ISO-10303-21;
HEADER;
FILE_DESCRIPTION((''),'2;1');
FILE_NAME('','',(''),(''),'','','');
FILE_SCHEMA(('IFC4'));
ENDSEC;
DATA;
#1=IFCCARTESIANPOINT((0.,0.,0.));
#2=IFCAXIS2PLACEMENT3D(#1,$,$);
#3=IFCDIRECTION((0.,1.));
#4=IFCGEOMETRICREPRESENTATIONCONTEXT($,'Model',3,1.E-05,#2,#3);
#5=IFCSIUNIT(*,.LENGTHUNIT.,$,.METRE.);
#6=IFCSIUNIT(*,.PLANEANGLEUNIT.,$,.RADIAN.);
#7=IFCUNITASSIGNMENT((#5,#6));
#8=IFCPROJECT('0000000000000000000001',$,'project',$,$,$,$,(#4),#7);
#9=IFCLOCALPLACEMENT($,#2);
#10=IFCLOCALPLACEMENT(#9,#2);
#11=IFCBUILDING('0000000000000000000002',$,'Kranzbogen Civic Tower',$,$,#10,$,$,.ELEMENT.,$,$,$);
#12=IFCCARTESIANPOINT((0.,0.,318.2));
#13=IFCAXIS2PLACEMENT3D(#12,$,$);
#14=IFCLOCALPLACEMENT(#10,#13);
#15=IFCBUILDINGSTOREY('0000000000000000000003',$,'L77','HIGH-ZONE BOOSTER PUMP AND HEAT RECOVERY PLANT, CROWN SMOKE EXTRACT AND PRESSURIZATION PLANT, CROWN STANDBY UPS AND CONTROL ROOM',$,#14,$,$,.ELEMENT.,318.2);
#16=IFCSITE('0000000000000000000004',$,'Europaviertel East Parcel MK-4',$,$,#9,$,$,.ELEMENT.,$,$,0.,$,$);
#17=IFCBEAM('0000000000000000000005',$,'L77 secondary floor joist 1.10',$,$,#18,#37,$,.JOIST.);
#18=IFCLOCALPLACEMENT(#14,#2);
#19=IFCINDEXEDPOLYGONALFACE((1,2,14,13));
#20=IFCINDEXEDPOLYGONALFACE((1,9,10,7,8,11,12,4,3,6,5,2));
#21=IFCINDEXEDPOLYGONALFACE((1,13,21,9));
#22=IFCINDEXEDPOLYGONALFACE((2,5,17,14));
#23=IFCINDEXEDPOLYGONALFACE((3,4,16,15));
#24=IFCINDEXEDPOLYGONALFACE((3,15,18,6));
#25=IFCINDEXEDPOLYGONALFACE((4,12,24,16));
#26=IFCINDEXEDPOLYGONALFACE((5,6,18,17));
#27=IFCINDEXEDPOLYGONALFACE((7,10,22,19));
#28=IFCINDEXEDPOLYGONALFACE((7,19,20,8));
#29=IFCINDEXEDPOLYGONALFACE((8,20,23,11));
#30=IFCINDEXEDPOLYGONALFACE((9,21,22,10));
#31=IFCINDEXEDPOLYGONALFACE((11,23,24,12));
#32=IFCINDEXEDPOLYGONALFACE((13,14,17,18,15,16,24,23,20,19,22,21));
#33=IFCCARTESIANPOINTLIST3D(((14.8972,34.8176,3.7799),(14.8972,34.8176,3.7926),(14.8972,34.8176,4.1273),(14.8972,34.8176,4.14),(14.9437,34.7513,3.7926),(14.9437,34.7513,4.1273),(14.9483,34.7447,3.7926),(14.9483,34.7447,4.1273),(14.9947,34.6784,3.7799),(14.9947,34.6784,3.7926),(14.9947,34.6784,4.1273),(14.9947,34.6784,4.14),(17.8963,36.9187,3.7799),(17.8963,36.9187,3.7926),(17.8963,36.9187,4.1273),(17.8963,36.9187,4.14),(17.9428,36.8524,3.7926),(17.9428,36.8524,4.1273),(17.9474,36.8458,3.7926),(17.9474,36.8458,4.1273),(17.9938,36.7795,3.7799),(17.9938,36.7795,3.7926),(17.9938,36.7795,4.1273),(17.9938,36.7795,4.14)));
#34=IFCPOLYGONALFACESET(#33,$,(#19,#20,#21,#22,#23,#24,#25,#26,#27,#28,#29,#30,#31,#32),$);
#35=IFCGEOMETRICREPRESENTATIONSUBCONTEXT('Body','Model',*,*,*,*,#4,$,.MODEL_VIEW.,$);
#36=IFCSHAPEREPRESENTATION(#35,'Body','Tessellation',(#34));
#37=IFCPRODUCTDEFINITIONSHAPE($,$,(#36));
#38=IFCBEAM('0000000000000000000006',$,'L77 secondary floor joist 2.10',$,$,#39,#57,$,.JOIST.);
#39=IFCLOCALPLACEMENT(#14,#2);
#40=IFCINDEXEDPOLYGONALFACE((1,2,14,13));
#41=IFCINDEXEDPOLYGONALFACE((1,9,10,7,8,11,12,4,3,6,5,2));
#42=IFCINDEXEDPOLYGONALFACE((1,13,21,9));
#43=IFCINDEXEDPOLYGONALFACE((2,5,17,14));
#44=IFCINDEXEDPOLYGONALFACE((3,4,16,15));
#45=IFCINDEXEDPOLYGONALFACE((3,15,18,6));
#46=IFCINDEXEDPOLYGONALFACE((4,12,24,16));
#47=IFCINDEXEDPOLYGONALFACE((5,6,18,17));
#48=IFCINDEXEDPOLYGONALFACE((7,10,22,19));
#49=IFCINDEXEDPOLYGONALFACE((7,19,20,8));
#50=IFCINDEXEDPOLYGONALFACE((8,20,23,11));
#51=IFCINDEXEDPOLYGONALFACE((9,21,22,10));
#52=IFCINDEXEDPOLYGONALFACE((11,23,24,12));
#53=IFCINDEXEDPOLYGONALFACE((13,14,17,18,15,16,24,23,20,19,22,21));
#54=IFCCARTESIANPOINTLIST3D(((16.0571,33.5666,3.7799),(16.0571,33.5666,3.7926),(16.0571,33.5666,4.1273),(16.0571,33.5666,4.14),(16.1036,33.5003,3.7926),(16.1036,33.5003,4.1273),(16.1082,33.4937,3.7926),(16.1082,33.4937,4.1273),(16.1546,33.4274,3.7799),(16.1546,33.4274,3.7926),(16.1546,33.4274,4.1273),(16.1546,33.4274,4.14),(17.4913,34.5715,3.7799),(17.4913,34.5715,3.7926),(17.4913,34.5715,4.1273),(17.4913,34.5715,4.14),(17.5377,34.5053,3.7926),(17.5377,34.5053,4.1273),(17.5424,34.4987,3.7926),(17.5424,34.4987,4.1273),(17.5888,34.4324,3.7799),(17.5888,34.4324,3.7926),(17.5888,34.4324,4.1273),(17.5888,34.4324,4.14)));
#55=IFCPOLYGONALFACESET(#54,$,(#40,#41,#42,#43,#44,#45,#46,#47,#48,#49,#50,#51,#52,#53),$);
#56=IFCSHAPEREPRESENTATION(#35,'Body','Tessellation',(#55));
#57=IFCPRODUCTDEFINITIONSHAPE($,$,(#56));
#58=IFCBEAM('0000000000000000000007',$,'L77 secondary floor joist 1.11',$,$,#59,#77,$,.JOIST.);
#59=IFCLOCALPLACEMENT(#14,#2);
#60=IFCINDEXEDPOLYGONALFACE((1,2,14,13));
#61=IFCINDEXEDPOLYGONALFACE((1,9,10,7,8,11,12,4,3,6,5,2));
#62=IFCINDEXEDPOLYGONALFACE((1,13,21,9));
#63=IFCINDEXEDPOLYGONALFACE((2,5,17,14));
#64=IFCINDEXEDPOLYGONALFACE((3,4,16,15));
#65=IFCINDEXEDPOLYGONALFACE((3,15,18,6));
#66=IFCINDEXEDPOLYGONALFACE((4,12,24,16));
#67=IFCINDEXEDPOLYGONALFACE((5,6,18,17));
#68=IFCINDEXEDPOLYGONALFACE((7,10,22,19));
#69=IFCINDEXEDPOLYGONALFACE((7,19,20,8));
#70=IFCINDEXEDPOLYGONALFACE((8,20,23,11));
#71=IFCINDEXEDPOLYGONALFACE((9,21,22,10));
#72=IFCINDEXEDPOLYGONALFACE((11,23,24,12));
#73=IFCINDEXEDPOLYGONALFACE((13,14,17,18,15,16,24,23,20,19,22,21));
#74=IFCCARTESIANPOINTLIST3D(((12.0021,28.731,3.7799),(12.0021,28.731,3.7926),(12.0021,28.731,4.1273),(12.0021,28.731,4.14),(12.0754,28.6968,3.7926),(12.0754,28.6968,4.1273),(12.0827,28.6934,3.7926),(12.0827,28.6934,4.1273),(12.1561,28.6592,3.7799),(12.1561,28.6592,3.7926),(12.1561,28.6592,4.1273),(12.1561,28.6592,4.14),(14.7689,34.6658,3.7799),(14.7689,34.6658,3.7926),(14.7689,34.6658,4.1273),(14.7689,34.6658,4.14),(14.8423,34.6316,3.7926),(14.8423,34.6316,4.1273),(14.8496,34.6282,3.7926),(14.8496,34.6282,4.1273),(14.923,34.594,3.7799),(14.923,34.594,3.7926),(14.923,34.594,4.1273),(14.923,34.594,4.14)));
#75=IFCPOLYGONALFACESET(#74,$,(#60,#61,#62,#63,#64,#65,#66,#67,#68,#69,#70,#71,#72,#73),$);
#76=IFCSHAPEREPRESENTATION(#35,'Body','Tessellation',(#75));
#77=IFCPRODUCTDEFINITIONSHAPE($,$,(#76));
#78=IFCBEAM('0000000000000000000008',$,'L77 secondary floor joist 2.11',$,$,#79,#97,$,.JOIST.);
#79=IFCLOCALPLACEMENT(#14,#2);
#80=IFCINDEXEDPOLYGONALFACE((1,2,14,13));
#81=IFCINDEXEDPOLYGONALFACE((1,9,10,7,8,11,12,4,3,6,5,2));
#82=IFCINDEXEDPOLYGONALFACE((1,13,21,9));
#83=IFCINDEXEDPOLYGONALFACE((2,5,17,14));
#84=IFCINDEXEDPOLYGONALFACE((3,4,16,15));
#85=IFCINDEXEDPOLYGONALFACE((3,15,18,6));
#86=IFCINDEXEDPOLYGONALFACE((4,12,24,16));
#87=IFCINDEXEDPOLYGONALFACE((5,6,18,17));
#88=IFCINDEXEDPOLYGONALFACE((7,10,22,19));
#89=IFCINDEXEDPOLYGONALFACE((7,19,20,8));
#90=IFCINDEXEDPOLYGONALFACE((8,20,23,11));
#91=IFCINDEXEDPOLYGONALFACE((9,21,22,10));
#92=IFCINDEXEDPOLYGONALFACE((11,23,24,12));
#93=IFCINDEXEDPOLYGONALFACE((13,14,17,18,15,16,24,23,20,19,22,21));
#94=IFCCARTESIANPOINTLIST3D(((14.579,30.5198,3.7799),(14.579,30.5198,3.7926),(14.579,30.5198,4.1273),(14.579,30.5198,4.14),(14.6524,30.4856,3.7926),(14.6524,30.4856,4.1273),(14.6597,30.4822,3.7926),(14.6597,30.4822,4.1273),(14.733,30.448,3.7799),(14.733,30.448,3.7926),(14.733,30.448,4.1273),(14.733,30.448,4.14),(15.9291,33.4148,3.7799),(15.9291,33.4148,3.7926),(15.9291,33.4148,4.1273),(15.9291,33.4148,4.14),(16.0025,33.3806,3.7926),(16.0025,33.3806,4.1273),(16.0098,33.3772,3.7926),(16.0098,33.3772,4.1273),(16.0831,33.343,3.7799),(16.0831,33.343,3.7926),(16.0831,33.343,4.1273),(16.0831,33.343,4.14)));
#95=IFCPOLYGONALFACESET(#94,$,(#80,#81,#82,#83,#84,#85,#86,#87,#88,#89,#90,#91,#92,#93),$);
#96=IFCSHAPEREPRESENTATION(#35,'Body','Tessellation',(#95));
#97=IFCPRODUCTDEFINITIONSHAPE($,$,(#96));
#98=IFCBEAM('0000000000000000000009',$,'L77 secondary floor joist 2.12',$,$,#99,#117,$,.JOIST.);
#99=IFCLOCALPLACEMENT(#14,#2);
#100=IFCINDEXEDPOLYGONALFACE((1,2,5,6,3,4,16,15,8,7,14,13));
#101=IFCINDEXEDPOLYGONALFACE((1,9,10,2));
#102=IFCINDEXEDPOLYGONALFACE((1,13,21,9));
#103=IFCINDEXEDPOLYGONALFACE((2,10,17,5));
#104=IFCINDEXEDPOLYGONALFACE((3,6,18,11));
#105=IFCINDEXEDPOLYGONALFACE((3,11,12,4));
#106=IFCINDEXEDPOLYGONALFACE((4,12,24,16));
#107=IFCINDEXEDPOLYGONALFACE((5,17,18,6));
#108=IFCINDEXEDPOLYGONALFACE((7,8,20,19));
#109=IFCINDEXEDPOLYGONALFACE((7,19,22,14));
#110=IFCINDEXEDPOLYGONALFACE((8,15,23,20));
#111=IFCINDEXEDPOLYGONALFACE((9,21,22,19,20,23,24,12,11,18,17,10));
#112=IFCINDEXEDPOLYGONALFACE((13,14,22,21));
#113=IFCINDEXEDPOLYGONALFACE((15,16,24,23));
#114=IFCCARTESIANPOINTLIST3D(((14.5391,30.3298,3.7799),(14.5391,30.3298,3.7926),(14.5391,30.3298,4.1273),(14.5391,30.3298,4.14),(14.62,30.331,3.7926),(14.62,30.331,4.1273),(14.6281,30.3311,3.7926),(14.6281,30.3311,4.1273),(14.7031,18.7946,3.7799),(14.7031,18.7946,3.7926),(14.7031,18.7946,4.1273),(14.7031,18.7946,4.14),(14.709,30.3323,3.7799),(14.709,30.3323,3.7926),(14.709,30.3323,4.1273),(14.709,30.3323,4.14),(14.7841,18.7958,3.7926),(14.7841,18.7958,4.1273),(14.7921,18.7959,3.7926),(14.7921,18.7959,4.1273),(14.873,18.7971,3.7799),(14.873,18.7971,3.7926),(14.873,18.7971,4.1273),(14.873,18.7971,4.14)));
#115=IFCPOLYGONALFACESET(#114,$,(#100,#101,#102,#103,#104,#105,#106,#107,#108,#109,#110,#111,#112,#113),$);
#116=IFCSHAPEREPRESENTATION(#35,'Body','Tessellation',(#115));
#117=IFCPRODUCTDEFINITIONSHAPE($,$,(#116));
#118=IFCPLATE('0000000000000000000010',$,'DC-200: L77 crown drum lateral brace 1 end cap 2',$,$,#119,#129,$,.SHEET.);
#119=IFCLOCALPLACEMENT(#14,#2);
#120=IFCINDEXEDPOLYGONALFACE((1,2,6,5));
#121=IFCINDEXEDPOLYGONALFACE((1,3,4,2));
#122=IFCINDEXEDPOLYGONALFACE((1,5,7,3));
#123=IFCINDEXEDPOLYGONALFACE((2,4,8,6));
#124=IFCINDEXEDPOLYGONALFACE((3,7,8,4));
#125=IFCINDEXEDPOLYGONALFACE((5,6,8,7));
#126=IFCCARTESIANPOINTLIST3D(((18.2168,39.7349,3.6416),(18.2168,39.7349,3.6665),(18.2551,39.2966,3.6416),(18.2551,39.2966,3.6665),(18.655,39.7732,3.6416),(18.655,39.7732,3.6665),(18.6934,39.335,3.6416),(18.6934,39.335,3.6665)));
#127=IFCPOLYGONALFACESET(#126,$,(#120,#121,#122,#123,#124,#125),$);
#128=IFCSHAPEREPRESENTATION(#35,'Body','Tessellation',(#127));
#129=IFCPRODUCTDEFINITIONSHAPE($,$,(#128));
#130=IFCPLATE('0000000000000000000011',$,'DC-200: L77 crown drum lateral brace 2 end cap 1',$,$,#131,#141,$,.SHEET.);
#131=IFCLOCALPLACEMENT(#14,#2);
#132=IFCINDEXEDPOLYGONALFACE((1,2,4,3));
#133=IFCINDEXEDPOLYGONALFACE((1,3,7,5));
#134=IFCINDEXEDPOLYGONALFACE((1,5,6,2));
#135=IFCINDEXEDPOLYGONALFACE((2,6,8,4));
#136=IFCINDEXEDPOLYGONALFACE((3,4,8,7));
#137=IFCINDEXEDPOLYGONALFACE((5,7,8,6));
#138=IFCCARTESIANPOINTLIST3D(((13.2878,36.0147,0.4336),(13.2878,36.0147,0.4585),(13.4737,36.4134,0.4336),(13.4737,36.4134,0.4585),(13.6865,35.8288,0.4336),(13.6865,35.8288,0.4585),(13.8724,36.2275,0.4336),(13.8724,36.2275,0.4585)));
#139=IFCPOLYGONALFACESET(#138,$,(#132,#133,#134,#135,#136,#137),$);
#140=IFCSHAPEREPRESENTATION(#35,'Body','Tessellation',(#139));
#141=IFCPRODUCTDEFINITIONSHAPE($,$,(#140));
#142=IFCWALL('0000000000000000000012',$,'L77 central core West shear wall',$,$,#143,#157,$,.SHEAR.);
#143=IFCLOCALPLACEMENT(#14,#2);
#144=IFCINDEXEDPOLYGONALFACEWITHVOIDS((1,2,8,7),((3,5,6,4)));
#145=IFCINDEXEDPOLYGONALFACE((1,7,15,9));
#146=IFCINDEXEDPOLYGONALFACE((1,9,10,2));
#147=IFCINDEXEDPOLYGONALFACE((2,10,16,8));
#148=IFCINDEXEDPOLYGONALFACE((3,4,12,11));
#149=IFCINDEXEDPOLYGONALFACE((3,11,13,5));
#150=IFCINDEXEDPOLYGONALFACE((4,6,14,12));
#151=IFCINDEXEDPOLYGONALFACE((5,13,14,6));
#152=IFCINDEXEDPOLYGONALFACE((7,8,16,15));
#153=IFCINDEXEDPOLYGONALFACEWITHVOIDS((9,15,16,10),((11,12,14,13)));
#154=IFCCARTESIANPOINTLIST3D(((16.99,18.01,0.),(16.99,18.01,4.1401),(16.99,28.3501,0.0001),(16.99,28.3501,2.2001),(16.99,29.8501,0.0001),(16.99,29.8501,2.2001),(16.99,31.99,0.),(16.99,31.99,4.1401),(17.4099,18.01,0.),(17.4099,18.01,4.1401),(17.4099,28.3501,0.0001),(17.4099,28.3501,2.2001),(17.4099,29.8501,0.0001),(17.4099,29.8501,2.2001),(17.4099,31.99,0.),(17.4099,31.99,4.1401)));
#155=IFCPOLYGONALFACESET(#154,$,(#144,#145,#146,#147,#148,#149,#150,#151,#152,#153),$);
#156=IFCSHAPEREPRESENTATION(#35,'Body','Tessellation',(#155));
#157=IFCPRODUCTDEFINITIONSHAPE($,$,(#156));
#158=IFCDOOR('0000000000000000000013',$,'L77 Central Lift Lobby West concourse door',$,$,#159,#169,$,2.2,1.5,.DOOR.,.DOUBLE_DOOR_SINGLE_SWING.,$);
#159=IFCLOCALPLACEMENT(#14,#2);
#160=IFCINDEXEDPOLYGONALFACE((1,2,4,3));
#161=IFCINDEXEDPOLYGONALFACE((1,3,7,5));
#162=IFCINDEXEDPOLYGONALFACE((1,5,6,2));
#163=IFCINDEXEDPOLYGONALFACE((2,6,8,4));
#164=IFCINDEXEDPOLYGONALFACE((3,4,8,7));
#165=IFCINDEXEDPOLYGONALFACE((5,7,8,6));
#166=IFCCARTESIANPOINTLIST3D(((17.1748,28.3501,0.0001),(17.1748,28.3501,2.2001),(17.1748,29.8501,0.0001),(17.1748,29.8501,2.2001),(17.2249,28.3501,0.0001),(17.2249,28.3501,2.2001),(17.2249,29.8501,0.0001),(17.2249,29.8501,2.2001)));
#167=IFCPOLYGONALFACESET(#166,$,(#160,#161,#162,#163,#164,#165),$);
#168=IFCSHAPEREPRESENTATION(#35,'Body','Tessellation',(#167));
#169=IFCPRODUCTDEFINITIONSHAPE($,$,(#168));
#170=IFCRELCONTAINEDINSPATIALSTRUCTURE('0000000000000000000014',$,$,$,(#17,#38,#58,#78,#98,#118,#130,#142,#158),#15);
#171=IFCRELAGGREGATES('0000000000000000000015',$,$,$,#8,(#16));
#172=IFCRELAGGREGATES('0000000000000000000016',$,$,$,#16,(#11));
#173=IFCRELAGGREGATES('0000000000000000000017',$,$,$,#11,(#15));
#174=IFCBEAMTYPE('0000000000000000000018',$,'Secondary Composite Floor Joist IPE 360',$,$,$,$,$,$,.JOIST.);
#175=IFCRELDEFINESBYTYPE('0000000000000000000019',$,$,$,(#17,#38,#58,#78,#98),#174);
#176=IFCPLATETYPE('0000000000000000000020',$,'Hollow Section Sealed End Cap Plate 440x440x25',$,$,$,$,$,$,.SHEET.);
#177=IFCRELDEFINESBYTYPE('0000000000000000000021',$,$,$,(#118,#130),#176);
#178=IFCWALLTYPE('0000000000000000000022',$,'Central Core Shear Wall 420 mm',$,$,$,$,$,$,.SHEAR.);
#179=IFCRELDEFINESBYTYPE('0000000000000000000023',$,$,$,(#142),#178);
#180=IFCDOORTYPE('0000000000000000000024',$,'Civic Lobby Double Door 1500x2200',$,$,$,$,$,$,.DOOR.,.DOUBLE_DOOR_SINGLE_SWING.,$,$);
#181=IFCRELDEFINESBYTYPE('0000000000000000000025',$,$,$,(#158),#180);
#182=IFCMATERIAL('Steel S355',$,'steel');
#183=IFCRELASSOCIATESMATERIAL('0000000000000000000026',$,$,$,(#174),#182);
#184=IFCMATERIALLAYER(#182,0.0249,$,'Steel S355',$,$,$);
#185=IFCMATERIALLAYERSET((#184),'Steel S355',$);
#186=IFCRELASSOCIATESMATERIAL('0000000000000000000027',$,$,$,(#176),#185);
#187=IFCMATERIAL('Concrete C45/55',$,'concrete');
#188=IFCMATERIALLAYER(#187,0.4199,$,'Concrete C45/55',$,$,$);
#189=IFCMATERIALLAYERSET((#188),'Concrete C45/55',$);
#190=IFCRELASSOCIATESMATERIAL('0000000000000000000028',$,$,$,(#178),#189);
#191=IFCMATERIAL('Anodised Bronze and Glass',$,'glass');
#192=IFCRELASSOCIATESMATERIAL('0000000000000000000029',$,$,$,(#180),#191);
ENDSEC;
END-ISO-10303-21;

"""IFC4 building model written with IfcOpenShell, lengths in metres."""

from ifc_helpers import new_model, si_unit, direction, frame, frame_2d, origin, origin_2d, place, context, subcontext, project, spatial, rectangle, i_section, extrude, material, layer, layer_set, material_profile, profile_set, type_object, element, fill, save


model = new_model("IFC4")

# Units and contexts
model_context = context("Model", 3, precision=1e-05, world=origin(), true_north=direction((0.0, 1.0)))
body_context = subcontext(model_context, "Body", "Model", "MODEL_VIEW")
ifc_project = project(units=[si_unit("LENGTHUNIT", "METRE"), si_unit("PLANEANGLEUNIT", "RADIAN")], contexts=[model_context])

# Site, building, storey
site_placement = place(None, origin())
site = spatial("IfcSite", under=ifc_project, at=site_placement, Name="Europaviertel East Parcel MK-4", CompositionType="ELEMENT", RefElevation=0.0)
building_placement = place(site_placement, origin())
building = spatial("IfcBuilding", under=site, at=building_placement, Name="Kranzbogen Civic Tower", CompositionType="ELEMENT")
storey_placement = place(building_placement, frame((0.0, 0.0, 318.2)))
storey = spatial("IfcBuildingStorey", under=building, at=storey_placement, Name="L77", Description="HIGH-ZONE BOOSTER PUMP AND HEAT RECOVERY PLANT, CROWN SMOKE EXTRACT AND PRESSURIZATION PLANT, CROWN STANDBY UPS AND CONTROL ROOM", CompositionType="ELEMENT", Elevation=318.2)

# Shared definitions
ifc_material_1 = material(Name="Steel S355", Category="steel")

# Beams
ifc_material_profile_1 = material_profile(ifc_material_1, i_section(OverallWidth=0.1699, OverallDepth=0.3601, WebThickness=0.0081, FlangeThickness=0.0127, at=origin_2d()), Name="IPE 360")
ifc_profile_set_1 = profile_set([ifc_material_profile_1], Name="Steel S355")
beam_type_1 = type_object("IfcBeamType", Name="Secondary Composite Floor Joist IPE 360", PredefinedType="JOIST", material=ifc_profile_set_1)
beam_1_placement = place(storey_placement, frame((17.9451, 36.8491, 3.96), z_axis=(-0.819006, -0.573784, 0.0), x_axis=(0.573784, -0.819006, 0.0)))
element("IfcBeam", 1, at=beam_1_placement, inside=storey, type_object=beam_type_1, Name="L77 secondary floor joist 1.10", PredefinedType="JOIST", context=body_context, shape_type="SweptSolid", body=[
    extrude(i_section(OverallWidth=0.1699, OverallDepth=0.3601, WebThickness=0.0081, FlangeThickness=0.0127, at=origin_2d()), origin(), (0.0, 0.0, 1.0), 3.6619),
])
beam_2_placement = place(storey_placement, frame((17.54, 34.502, 3.96), z_axis=(-0.818957, -0.573855, 0.0), x_axis=(0.573855, -0.818957, 0.0)))
element("IfcBeam", 2, at=beam_2_placement, inside=storey, type_object=beam_type_1, Name="L77 secondary floor joist 2.10", PredefinedType="JOIST", context=body_context, shape_type="SweptSolid", body=[
    extrude(i_section(OverallWidth=0.1699, OverallDepth=0.3601, WebThickness=0.0081, FlangeThickness=0.0127, at=origin_2d()), origin(), (0.0, 0.0, 1.0), 1.7512),
])
beam_3_placement = place(storey_placement, frame((14.8459, 34.6299, 3.96), z_axis=(-0.422543, -0.906343, 0.0), x_axis=(0.906343, -0.422543, 0.0)))
element("IfcBeam", 3, at=beam_3_placement, inside=storey, type_object=beam_type_1, Name="L77 secondary floor joist 1.11", PredefinedType="JOIST", context=body_context, shape_type="SweptSolid", body=[
    extrude(i_section(OverallWidth=0.1699, OverallDepth=0.3601, WebThickness=0.0081, FlangeThickness=0.0127, at=origin_2d()), origin(), (0.0, 0.0, 1.0), 6.5481),
])
beam_4_placement = place(storey_placement, frame((16.0061, 33.3789, 3.96), z_axis=(-0.422651, -0.906292, 0.0), x_axis=(0.906292, -0.422651, 0.0)))
element("IfcBeam", 4, at=beam_4_placement, inside=storey, type_object=beam_type_1, Name="L77 secondary floor joist 2.11", PredefinedType="JOIST", context=body_context, shape_type="SweptSolid", body=[
    extrude(i_section(OverallWidth=0.1699, OverallDepth=0.3601, WebThickness=0.0081, FlangeThickness=0.0127, at=origin_2d()), origin(), (0.0, 0.0, 1.0), 3.1943),
])
beam_5_placement = place(storey_placement, frame((14.624, 30.3311, 3.96), z_axis=(0.014221, -0.999899, 0.0), x_axis=(0.999899, 0.014221, 0.0)))
element("IfcBeam", 5, at=beam_5_placement, inside=storey, type_object=beam_type_1, Name="L77 secondary floor joist 2.12", PredefinedType="JOIST", context=body_context, shape_type="SweptSolid", body=[
    extrude(i_section(OverallWidth=0.1699, OverallDepth=0.3601, WebThickness=0.0081, FlangeThickness=0.0127, at=origin_2d()), origin(), (0.0, 0.0, 1.0), 11.5364),
])

# Plates
ifc_layer_1 = layer(ifc_material_1, 0.0249, Name="Steel S355")
ifc_layer_set_1 = layer_set([ifc_layer_1], Name="Steel S355")
plate_type = type_object("IfcPlateType", Name="Hollow Section Sealed End Cap Plate 440x440x25", PredefinedType="SHEET", material=ifc_layer_set_1)
for number, where, z_axis, x_axis, name in (
    (6, (18.4551, 39.5349, 3.6416), (0.0, 0.0, 1.0), (-0.996192, -0.087191, 0.0), "DC-200: L77 crown drum lateral brace 1 end cap 2"),
    (7, (13.5801, 36.1211, 0.4336), (0.0, 0.0, 1.0), (-0.422618, -0.906308, 0.0), "DC-200: L77 crown drum lateral brace 2 end cap 1"),
):
    element("IfcPlate", number, at=place(storey_placement, frame(where, z_axis=z_axis, x_axis=x_axis)), inside=storey, type_object=plate_type, Name=name, PredefinedType="SHEET", context=body_context, shape_type="SweptSolid", body=[
        extrude(rectangle(XDim=0.4399, YDim=0.4399, at=origin_2d()), origin(), (0.0, 0.0, 1.0), 0.0249),
    ])

# Wall, opening, door
ifc_material_2 = material(Name="Concrete C45/55", Category="concrete")
ifc_layer_2 = layer(ifc_material_2, 0.4199, Name="Concrete C45/55")
ifc_layer_set_2 = layer_set([ifc_layer_2], Name="Concrete C45/55")
wall_type_1 = type_object("IfcWallType", Name="Central Core Shear Wall 420 mm", PredefinedType="SHEAR", material=ifc_layer_set_2)
wall_1_placement = place(storey_placement, frame((17.2, 31.99, 0.0), z_axis=(0.0, 0.0, 1.0), x_axis=(0.0, -1.0, 0.0)))
wall_1 = element("IfcWall", 8, at=wall_1_placement, inside=storey, type_object=wall_type_1, Name="L77 central core West shear wall", PredefinedType="SHEAR", context=body_context, shape_type="SweptSolid", body=[
    extrude(rectangle(XDim=13.98, YDim=0.4199, at=frame_2d((6.99, 0.0))), origin(), (0.0, 0.0, 1.0), 4.1401),
])
opening_1_placement = place(wall_1_placement, frame((2.1399, 0.0, 0.0)))
opening_1 = element("IfcOpeningElement", 9, at=opening_1_placement, cuts=wall_1, PredefinedType="OPENING", context=body_context, shape_type="SweptSolid", body=[
    extrude(rectangle(XDim=1.5, YDim=2.2, at=frame_2d((0.75, 1.1001))), frame((0.0, 0.22, 0.0), z_axis=(0.0, -1.0, 0.0), x_axis=(1.0, 0.0, 0.0)), (0.0, 0.0, 1.0), 0.4399),
])
ifc_material_3 = material(Name="Anodised Bronze and Glass", Category="glass")
door_type_1 = type_object("IfcDoorType", Name="Civic Lobby Double Door 1500x2200", OperationType="DOUBLE_DOOR_SINGLE_SWING", PredefinedType="DOOR", material=ifc_material_3)
door_1_placement = place(opening_1_placement, origin())
door_1 = element("IfcDoor", 10, at=door_1_placement, inside=storey, type_object=door_type_1, Name="L77 Central Lift Lobby West concourse door", OperationType="DOUBLE_DOOR_SINGLE_SWING", OverallHeight=2.2, OverallWidth=1.5, PredefinedType="DOOR", context=body_context, shape_type="SweptSolid", body=[
    extrude(rectangle(XDim=1.5, YDim=2.2, at=frame_2d((0.75, 1.1001))), frame((0.0, 0.0249, 0.0), z_axis=(0.0, -1.0, 0.0), x_axis=(1.0, 0.0, 0.0)), (0.0, 0.0, 1.0), 0.05),
])
fill(opening_1, door_1)

save(model, "model.ifc")
